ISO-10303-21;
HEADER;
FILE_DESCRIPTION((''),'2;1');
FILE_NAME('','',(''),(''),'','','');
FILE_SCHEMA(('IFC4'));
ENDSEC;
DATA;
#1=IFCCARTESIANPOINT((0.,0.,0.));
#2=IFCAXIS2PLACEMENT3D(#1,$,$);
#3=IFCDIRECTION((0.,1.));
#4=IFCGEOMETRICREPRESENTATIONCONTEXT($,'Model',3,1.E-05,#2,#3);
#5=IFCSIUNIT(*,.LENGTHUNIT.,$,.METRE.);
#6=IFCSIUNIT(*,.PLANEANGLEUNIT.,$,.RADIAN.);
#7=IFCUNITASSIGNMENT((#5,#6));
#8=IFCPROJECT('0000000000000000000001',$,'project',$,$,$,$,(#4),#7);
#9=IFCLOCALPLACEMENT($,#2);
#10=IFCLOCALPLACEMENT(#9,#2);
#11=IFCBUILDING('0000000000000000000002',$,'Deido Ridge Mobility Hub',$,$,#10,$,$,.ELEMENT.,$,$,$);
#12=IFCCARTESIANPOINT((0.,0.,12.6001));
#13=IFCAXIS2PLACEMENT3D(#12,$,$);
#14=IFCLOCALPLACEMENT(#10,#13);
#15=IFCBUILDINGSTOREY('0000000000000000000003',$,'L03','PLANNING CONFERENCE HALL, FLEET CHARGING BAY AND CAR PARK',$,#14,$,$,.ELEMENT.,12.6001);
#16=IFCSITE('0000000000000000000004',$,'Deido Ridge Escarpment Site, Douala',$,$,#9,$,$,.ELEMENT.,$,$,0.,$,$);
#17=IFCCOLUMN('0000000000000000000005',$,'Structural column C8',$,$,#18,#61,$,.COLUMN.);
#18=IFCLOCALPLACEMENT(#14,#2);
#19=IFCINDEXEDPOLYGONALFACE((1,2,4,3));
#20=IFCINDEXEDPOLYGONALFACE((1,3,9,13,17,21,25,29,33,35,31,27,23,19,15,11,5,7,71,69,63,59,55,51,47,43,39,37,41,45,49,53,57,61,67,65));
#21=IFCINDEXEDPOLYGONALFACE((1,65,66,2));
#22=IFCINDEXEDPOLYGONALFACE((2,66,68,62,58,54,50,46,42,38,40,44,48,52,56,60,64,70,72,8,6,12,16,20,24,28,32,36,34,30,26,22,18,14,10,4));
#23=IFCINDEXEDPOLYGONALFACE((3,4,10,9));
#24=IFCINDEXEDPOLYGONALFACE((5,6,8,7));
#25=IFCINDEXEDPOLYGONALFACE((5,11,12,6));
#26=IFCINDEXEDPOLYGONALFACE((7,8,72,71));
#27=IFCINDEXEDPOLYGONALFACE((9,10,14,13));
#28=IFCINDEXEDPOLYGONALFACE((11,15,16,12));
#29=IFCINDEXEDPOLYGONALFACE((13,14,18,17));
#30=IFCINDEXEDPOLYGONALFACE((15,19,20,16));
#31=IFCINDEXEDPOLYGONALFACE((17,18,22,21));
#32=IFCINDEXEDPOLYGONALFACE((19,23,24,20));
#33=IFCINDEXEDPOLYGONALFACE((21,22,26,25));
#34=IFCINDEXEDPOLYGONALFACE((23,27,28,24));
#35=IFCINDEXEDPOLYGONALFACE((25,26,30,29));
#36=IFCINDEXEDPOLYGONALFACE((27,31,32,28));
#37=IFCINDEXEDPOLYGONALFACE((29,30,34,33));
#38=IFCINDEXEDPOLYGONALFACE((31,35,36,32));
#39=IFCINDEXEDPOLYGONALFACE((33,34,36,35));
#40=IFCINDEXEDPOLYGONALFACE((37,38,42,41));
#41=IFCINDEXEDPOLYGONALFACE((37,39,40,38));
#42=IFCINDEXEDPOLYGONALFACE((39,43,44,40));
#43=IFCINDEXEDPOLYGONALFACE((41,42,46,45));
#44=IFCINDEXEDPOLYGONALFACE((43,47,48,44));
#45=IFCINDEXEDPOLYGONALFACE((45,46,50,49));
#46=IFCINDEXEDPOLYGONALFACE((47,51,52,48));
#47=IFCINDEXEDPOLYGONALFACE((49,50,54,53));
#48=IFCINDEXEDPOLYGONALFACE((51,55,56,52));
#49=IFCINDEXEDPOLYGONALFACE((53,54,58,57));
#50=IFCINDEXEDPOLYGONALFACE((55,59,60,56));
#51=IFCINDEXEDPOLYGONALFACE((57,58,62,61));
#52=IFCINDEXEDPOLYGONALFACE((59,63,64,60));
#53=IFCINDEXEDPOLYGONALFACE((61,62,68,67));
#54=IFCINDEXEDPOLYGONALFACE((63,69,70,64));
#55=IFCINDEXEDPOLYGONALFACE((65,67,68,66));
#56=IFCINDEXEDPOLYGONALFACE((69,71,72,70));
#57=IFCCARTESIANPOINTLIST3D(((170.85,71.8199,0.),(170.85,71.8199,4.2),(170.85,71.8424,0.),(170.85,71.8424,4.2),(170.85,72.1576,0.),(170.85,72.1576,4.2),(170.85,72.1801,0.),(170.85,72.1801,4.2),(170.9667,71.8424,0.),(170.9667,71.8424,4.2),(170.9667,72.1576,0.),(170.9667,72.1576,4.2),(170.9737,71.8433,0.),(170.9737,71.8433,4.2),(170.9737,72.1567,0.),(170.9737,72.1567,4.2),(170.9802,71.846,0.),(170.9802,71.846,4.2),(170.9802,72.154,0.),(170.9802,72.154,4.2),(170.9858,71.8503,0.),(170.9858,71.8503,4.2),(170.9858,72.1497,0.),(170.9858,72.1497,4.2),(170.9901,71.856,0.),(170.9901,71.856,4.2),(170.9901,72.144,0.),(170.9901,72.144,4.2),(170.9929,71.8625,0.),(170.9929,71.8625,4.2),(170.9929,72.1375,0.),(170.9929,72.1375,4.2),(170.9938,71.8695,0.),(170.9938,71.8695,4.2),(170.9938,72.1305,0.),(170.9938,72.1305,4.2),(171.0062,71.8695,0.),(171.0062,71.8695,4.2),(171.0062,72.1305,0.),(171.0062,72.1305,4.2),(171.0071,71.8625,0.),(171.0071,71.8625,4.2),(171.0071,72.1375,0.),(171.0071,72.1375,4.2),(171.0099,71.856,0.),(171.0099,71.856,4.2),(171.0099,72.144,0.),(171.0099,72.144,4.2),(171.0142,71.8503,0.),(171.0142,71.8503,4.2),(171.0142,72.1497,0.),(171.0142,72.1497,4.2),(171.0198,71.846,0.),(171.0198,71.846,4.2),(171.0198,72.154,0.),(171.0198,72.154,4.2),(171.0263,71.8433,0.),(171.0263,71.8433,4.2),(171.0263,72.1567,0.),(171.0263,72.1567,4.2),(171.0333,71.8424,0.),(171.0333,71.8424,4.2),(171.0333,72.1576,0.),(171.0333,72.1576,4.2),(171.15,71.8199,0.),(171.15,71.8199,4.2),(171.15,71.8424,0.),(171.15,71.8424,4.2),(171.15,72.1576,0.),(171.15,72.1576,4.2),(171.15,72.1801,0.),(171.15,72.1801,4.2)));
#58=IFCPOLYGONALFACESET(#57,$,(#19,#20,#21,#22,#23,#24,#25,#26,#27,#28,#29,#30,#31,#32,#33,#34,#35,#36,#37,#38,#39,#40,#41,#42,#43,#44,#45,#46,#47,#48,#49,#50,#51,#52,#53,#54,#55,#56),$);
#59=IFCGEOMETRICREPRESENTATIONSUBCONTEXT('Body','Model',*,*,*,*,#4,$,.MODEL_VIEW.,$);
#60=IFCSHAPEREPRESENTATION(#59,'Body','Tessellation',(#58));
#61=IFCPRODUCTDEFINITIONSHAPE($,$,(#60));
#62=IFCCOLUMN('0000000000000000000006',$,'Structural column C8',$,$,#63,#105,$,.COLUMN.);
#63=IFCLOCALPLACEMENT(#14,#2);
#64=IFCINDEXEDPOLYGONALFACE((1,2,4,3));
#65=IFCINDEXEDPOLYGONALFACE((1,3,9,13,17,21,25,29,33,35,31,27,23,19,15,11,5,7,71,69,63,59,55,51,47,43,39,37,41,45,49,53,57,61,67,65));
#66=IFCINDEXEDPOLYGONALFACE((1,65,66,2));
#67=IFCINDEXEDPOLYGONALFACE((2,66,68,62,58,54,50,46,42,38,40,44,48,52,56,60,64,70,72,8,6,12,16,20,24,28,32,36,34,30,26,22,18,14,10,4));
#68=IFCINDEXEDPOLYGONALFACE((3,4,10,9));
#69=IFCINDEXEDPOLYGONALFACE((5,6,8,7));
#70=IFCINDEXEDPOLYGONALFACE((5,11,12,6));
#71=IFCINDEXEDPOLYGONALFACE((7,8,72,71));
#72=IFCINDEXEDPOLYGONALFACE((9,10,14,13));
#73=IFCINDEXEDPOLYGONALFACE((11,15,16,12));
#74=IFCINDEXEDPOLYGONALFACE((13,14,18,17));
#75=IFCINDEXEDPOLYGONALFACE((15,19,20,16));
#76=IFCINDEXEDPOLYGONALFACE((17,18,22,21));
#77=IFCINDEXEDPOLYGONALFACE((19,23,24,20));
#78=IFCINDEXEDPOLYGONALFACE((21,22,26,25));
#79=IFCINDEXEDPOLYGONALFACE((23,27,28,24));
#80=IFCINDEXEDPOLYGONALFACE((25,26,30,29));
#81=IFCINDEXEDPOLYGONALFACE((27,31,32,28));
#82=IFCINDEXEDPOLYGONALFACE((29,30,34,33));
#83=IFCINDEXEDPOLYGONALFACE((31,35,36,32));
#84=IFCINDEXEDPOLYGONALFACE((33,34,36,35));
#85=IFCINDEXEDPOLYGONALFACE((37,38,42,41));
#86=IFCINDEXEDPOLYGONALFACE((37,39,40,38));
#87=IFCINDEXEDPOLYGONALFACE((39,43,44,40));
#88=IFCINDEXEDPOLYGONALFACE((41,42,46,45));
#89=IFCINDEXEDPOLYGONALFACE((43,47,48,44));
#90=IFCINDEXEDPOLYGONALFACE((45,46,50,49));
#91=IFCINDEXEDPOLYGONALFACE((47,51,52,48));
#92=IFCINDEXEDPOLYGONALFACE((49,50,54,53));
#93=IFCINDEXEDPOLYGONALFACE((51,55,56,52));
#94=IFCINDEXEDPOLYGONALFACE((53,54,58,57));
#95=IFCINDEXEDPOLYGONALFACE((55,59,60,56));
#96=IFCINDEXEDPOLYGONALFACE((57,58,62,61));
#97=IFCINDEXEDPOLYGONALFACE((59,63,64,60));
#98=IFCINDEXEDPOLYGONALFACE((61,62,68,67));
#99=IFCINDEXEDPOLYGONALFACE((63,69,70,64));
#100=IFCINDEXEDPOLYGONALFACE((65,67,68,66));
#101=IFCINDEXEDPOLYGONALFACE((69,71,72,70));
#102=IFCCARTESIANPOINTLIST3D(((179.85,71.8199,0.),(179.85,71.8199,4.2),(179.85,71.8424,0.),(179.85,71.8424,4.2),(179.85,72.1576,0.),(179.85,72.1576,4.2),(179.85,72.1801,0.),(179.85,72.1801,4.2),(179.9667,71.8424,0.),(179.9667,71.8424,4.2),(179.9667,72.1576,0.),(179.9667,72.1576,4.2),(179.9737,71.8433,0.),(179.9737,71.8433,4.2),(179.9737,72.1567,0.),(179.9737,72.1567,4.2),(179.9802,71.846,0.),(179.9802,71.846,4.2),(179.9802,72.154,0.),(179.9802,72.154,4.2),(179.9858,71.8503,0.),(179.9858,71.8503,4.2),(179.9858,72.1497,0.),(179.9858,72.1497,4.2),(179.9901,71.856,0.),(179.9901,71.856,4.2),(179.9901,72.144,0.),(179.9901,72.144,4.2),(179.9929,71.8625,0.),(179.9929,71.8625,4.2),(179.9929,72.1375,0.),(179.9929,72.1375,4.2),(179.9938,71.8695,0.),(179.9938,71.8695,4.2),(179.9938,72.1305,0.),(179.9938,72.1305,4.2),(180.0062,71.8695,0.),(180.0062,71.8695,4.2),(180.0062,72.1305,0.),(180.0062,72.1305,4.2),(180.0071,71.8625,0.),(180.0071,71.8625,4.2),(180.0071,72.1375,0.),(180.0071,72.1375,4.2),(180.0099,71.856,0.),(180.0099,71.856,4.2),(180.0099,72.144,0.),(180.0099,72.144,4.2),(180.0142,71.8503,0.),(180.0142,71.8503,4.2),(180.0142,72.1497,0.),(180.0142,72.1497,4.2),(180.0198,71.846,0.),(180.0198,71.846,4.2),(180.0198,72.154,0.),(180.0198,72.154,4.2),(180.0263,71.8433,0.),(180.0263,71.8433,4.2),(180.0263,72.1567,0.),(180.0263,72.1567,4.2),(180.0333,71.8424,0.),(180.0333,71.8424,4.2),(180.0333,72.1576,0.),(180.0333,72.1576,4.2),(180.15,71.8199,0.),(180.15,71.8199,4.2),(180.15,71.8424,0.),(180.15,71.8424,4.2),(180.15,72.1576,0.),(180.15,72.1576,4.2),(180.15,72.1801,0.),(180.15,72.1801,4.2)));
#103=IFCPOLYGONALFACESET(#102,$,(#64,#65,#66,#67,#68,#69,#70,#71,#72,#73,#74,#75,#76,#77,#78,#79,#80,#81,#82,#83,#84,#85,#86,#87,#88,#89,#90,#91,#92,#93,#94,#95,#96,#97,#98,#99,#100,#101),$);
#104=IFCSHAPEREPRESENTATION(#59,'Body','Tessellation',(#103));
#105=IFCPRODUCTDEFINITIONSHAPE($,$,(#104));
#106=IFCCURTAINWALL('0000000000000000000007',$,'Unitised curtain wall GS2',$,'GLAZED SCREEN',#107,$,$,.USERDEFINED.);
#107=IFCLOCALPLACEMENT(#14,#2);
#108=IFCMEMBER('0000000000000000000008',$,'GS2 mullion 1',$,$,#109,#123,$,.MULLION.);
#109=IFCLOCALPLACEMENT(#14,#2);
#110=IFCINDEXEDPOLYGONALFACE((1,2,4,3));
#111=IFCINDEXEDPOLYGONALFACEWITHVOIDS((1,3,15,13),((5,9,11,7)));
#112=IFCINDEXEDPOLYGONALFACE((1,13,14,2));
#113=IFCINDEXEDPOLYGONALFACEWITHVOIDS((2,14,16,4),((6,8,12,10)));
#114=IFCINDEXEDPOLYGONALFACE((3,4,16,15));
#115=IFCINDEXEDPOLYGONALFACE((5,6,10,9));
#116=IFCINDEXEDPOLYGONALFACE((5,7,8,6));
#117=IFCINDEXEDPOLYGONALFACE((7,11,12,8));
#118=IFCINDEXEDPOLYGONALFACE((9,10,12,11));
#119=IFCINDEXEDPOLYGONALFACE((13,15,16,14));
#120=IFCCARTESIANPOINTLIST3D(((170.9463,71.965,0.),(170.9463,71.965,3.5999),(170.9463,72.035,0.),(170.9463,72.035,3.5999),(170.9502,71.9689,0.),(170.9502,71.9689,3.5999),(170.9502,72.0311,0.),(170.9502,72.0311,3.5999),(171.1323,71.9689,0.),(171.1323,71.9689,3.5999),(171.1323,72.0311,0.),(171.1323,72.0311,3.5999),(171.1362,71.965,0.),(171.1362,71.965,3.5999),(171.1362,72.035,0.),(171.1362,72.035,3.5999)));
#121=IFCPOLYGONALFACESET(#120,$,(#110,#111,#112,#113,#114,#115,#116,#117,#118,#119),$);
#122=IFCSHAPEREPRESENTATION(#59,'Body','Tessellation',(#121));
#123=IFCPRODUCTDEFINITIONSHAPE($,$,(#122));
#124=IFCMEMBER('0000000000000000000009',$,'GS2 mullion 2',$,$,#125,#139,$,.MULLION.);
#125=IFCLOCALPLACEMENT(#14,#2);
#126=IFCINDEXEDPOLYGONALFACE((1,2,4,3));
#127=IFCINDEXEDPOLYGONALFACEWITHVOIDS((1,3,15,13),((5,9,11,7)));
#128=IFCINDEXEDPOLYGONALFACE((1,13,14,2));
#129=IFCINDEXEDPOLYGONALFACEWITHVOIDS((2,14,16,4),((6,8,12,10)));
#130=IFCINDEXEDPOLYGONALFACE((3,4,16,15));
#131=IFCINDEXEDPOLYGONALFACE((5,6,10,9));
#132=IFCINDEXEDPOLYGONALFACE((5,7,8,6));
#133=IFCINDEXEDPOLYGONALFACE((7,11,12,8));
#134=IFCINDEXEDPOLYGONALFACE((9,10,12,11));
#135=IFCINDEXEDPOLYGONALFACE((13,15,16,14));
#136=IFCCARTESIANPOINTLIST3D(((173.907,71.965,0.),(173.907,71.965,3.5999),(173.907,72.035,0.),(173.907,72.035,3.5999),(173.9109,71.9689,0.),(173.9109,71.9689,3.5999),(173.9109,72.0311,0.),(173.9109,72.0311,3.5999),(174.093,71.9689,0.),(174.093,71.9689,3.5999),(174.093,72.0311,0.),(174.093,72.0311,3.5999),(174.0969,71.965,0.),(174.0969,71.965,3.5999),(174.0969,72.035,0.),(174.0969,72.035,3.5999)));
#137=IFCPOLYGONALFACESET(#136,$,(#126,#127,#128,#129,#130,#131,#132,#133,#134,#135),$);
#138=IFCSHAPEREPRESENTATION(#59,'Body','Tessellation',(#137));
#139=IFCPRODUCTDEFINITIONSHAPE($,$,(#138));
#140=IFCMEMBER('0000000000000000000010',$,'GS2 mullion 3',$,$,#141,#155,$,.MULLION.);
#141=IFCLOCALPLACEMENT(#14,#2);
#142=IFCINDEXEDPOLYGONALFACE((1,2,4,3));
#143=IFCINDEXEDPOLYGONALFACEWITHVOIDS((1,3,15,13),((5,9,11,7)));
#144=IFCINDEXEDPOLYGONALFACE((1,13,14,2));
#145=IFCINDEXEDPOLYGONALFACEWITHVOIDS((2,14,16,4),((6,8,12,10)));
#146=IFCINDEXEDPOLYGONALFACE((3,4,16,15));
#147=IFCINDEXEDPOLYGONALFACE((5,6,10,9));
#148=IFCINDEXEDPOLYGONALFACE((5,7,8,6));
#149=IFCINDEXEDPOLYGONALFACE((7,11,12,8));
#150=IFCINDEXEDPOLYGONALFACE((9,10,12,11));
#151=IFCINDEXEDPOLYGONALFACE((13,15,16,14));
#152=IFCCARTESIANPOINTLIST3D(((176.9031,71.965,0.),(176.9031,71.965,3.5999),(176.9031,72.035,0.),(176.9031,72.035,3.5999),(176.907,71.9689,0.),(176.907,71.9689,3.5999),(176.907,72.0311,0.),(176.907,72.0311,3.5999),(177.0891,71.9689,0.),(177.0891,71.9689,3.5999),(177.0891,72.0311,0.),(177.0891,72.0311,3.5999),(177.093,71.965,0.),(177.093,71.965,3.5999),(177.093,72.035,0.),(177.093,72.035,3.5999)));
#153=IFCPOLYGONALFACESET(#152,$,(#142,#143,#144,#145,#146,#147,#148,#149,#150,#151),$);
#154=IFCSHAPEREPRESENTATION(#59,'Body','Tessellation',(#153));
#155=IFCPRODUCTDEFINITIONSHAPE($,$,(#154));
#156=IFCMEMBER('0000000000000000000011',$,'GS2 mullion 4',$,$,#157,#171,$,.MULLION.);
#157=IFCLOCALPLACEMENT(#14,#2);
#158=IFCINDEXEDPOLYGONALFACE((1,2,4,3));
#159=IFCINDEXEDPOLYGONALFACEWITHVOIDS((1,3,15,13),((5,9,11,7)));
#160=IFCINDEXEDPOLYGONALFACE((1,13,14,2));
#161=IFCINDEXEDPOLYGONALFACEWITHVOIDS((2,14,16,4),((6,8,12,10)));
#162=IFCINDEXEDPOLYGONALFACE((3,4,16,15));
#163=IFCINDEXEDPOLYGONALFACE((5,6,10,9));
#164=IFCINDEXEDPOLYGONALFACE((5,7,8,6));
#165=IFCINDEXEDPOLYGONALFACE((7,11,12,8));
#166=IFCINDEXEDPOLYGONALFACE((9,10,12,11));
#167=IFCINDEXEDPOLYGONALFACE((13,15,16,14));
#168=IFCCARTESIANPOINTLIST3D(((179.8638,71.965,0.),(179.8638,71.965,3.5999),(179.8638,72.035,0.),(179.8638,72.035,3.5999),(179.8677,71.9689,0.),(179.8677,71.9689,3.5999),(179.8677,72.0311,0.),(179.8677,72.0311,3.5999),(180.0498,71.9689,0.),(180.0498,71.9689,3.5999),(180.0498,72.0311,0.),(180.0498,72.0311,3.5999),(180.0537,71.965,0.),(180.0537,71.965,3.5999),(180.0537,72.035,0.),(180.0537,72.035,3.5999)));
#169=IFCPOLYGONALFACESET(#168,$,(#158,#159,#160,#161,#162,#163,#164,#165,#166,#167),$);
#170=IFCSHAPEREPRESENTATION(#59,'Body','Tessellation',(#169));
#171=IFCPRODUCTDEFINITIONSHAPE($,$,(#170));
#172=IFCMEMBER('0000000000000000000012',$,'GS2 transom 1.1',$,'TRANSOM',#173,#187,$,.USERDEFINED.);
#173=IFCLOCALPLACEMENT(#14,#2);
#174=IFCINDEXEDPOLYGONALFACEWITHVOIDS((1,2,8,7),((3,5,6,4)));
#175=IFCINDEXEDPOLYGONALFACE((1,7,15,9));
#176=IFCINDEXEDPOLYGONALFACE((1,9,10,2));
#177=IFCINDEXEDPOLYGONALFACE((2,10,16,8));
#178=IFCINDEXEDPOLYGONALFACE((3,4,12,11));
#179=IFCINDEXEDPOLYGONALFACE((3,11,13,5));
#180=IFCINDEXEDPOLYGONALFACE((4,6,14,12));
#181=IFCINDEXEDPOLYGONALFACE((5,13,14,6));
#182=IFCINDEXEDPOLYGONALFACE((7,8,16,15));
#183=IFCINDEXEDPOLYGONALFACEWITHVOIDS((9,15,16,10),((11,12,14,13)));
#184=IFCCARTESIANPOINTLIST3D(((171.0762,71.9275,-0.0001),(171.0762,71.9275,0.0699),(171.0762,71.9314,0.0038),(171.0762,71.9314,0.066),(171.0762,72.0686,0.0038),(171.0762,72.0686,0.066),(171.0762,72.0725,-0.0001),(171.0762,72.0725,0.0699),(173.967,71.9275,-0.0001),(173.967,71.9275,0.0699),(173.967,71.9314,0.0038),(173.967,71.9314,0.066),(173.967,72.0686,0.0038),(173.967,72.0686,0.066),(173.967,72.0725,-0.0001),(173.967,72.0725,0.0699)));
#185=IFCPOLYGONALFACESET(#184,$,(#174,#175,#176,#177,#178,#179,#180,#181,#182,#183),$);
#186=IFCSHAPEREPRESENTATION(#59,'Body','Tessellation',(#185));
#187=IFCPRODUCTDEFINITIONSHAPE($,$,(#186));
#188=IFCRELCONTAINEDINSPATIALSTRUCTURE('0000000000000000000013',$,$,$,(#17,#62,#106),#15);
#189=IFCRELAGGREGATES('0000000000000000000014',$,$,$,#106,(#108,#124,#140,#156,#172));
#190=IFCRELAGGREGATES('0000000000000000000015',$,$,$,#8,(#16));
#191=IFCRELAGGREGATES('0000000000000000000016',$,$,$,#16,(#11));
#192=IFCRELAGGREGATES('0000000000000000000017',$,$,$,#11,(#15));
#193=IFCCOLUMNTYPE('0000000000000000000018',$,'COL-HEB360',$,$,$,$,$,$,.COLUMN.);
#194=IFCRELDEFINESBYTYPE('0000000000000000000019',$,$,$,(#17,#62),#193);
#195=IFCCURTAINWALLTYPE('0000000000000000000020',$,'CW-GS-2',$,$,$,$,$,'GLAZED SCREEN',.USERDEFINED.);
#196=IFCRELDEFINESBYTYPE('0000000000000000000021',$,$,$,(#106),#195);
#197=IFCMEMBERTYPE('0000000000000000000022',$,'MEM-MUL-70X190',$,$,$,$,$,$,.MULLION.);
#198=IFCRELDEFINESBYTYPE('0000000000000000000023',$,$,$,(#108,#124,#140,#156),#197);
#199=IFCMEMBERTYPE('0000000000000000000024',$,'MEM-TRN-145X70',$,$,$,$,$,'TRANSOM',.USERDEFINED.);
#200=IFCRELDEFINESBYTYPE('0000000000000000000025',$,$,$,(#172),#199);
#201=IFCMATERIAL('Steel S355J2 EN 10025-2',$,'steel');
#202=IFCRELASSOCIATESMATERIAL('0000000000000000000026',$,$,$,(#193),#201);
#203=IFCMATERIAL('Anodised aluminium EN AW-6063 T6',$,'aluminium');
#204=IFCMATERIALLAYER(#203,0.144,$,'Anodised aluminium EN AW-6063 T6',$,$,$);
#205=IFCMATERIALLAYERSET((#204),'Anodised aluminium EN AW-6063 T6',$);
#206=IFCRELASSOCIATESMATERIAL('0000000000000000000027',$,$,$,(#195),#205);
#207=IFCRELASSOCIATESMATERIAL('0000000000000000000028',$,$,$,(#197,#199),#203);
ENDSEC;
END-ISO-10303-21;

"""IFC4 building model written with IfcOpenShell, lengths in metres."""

from ifc_helpers import new_model, si_unit, direction, frame, origin, origin_2d, place, context, subcontext, project, spatial, hollow_rectangle, i_section, extrude, material, layer, layer_set, material_profile, profile_set, type_object, element, aggregate, save


model = new_model("IFC4")

# Units and contexts
model_context = context("Model", 3, precision=1e-05, world=origin(), true_north=direction((0.0, 1.0)))
body_context = subcontext(model_context, "Body", "Model", "MODEL_VIEW")
ifc_project = project(units=[si_unit("LENGTHUNIT", "METRE"), si_unit("PLANEANGLEUNIT", "RADIAN")], contexts=[model_context])

# Site, building, storey
site_placement = place(None, origin())
site = spatial("IfcSite", under=ifc_project, at=site_placement, Name="Deido Ridge Escarpment Site, Douala", CompositionType="ELEMENT", RefElevation=0.0)
building_placement = place(site_placement, origin())
building = spatial("IfcBuilding", under=site, at=building_placement, Name="Deido Ridge Mobility Hub", CompositionType="ELEMENT")
storey_placement = place(building_placement, frame((0.0, 0.0, 12.6001)))
storey = spatial("IfcBuildingStorey", under=building, at=storey_placement, Name="L03", Description="PLANNING CONFERENCE HALL, FLEET CHARGING BAY AND CAR PARK", CompositionType="ELEMENT", Elevation=12.6001)

# Columns
ifc_material_1 = material(Name="Steel S355J2 EN 10025-2", Category="steel")
ifc_material_profile_1 = material_profile(ifc_material_1, i_section(OverallWidth=0.3, OverallDepth=0.3601, WebThickness=0.0125, FlangeThickness=0.0225, FilletRadius=0.0271, at=origin_2d()), Name="HEB 360")
ifc_profile_set_1 = profile_set([ifc_material_profile_1], Name="Steel S355J2 EN 10025-2")
column_type = type_object("IfcColumnType", Name="COL-HEB360", PredefinedType="COLUMN", material=ifc_profile_set_1)
for number, where, z_axis, x_axis, name in (
    (1, (171.0, 72.0, 0.0), (0.0, 0.0, 1.0), (1.0, 0.0, 0.0), "Structural column C8"),
    (2, (180.0, 72.0, 0.0), (0.0, 0.0, 1.0), (1.0, 0.0, 0.0), "Structural column C8"),
):
    element("IfcColumn", number, at=place(storey_placement, frame(where, z_axis=z_axis, x_axis=x_axis)), inside=storey, type_object=column_type, Name=name, PredefinedType="COLUMN", context=body_context, shape_type="SweptSolid", body=[
        extrude(i_section(OverallWidth=0.3, OverallDepth=0.3601, WebThickness=0.0125, FlangeThickness=0.0225, FilletRadius=0.0271, at=origin_2d()), origin(), (0.0, 0.0, 1.0), 4.2),
    ])

# Curtain wall, members
ifc_material_2 = material(Name="Anodised aluminium EN AW-6063 T6", Category="aluminium")
ifc_layer_1 = layer(ifc_material_2, 0.144, Name="Anodised aluminium EN AW-6063 T6")
ifc_layer_set_1 = layer_set([ifc_layer_1], Name="Anodised aluminium EN AW-6063 T6")
curtain_wall_type = type_object("IfcCurtainWallType", Name="CW-GS-2", ElementType="GLAZED SCREEN", PredefinedType="USERDEFINED", material=ifc_layer_set_1)
curtain_wall_placement = place(storey_placement, origin())
curtain_wall = element("IfcCurtainWall", 3, at=curtain_wall_placement, inside=storey, type_object=curtain_wall_type, Name="Unitised curtain wall GS2", ObjectType="GLAZED SCREEN", PredefinedType="USERDEFINED")
ifc_material_profile_2 = material_profile(ifc_material_2, hollow_rectangle(XDim=0.0701, YDim=0.1899, WallThickness=0.0039, at=origin_2d()), Name="RHS 70x190x4")
ifc_profile_set_2 = profile_set([ifc_material_profile_2], Name="Anodised aluminium EN AW-6063 T6")
member_type_1 = type_object("IfcMemberType", Name="MEM-MUL-70X190", PredefinedType="MULLION", material=ifc_profile_set_2)
member_1_placement = place(storey_placement, frame((171.0413, 72.0, 0.0), z_axis=(0.0, 0.0, 1.0), x_axis=(0.0, 1.0, 0.0)))
member_1 = element("IfcMember", 4, at=member_1_placement, type_object=member_type_1, Name="GS2 mullion 1", PredefinedType="MULLION", context=body_context, shape_type="SweptSolid", body=[
    extrude(hollow_rectangle(XDim=0.0701, YDim=0.1899, WallThickness=0.0039, at=origin_2d()), origin(), (0.0, 0.0, 1.0), 3.5999),
])
member_2_placement = place(storey_placement, frame((174.002, 72.0, 0.0), z_axis=(0.0, 0.0, 1.0), x_axis=(0.0, 1.0, 0.0)))
member_2 = element("IfcMember", 5, at=member_2_placement, type_object=member_type_1, Name="GS2 mullion 2", PredefinedType="MULLION", context=body_context, shape_type="SweptSolid", body=[
    extrude(hollow_rectangle(XDim=0.0701, YDim=0.1899, WallThickness=0.0039, at=origin_2d()), origin(), (0.0, 0.0, 1.0), 3.5999),
])
member_3_placement = place(storey_placement, frame((176.998, 72.0, 0.0), z_axis=(0.0, 0.0, 1.0), x_axis=(0.0, 1.0, 0.0)))
member_3 = element("IfcMember", 6, at=member_3_placement, type_object=member_type_1, Name="GS2 mullion 3", PredefinedType="MULLION", context=body_context, shape_type="SweptSolid", body=[
    extrude(hollow_rectangle(XDim=0.0701, YDim=0.1899, WallThickness=0.0039, at=origin_2d()), origin(), (0.0, 0.0, 1.0), 3.5999),
])
member_4_placement = place(storey_placement, frame((179.9587, 72.0, 0.0), z_axis=(0.0, 0.0, 1.0), x_axis=(0.0, 1.0, 0.0)))
member_4 = element("IfcMember", 7, at=member_4_placement, type_object=member_type_1, Name="GS2 mullion 4", PredefinedType="MULLION", context=body_context, shape_type="SweptSolid", body=[
    extrude(hollow_rectangle(XDim=0.0701, YDim=0.1899, WallThickness=0.0039, at=origin_2d()), origin(), (0.0, 0.0, 1.0), 3.5999),
])
ifc_material_profile_3 = material_profile(ifc_material_2, hollow_rectangle(XDim=0.145, YDim=0.0701, WallThickness=0.0039, at=origin_2d()), Name="RHS 145x70x4")
ifc_profile_set_3 = profile_set([ifc_material_profile_3], Name="Anodised aluminium EN AW-6063 T6")
member_type_2 = type_object("IfcMemberType", Name="MEM-TRN-145X70", ElementType="TRANSOM", PredefinedType="USERDEFINED", material=ifc_profile_set_3)
member_5_placement = place(storey_placement, frame((171.0762, 72.0, 0.0349), z_axis=(1.0, 0.0, 0.0), x_axis=(0.0, 1.0, 0.0)))
member_5 = element("IfcMember", 8, at=member_5_placement, type_object=member_type_2, Name="GS2 transom 1.1", ObjectType="TRANSOM", PredefinedType="USERDEFINED", context=body_context, shape_type="SweptSolid", body=[
    extrude(hollow_rectangle(XDim=0.145, YDim=0.0701, WallThickness=0.0039, at=origin_2d()), origin(), (0.0, 0.0, 1.0), 2.8909),
])

aggregate(curtain_wall, [member_1, member_2, member_3, member_4, member_5])

save(model, "model.ifc")
